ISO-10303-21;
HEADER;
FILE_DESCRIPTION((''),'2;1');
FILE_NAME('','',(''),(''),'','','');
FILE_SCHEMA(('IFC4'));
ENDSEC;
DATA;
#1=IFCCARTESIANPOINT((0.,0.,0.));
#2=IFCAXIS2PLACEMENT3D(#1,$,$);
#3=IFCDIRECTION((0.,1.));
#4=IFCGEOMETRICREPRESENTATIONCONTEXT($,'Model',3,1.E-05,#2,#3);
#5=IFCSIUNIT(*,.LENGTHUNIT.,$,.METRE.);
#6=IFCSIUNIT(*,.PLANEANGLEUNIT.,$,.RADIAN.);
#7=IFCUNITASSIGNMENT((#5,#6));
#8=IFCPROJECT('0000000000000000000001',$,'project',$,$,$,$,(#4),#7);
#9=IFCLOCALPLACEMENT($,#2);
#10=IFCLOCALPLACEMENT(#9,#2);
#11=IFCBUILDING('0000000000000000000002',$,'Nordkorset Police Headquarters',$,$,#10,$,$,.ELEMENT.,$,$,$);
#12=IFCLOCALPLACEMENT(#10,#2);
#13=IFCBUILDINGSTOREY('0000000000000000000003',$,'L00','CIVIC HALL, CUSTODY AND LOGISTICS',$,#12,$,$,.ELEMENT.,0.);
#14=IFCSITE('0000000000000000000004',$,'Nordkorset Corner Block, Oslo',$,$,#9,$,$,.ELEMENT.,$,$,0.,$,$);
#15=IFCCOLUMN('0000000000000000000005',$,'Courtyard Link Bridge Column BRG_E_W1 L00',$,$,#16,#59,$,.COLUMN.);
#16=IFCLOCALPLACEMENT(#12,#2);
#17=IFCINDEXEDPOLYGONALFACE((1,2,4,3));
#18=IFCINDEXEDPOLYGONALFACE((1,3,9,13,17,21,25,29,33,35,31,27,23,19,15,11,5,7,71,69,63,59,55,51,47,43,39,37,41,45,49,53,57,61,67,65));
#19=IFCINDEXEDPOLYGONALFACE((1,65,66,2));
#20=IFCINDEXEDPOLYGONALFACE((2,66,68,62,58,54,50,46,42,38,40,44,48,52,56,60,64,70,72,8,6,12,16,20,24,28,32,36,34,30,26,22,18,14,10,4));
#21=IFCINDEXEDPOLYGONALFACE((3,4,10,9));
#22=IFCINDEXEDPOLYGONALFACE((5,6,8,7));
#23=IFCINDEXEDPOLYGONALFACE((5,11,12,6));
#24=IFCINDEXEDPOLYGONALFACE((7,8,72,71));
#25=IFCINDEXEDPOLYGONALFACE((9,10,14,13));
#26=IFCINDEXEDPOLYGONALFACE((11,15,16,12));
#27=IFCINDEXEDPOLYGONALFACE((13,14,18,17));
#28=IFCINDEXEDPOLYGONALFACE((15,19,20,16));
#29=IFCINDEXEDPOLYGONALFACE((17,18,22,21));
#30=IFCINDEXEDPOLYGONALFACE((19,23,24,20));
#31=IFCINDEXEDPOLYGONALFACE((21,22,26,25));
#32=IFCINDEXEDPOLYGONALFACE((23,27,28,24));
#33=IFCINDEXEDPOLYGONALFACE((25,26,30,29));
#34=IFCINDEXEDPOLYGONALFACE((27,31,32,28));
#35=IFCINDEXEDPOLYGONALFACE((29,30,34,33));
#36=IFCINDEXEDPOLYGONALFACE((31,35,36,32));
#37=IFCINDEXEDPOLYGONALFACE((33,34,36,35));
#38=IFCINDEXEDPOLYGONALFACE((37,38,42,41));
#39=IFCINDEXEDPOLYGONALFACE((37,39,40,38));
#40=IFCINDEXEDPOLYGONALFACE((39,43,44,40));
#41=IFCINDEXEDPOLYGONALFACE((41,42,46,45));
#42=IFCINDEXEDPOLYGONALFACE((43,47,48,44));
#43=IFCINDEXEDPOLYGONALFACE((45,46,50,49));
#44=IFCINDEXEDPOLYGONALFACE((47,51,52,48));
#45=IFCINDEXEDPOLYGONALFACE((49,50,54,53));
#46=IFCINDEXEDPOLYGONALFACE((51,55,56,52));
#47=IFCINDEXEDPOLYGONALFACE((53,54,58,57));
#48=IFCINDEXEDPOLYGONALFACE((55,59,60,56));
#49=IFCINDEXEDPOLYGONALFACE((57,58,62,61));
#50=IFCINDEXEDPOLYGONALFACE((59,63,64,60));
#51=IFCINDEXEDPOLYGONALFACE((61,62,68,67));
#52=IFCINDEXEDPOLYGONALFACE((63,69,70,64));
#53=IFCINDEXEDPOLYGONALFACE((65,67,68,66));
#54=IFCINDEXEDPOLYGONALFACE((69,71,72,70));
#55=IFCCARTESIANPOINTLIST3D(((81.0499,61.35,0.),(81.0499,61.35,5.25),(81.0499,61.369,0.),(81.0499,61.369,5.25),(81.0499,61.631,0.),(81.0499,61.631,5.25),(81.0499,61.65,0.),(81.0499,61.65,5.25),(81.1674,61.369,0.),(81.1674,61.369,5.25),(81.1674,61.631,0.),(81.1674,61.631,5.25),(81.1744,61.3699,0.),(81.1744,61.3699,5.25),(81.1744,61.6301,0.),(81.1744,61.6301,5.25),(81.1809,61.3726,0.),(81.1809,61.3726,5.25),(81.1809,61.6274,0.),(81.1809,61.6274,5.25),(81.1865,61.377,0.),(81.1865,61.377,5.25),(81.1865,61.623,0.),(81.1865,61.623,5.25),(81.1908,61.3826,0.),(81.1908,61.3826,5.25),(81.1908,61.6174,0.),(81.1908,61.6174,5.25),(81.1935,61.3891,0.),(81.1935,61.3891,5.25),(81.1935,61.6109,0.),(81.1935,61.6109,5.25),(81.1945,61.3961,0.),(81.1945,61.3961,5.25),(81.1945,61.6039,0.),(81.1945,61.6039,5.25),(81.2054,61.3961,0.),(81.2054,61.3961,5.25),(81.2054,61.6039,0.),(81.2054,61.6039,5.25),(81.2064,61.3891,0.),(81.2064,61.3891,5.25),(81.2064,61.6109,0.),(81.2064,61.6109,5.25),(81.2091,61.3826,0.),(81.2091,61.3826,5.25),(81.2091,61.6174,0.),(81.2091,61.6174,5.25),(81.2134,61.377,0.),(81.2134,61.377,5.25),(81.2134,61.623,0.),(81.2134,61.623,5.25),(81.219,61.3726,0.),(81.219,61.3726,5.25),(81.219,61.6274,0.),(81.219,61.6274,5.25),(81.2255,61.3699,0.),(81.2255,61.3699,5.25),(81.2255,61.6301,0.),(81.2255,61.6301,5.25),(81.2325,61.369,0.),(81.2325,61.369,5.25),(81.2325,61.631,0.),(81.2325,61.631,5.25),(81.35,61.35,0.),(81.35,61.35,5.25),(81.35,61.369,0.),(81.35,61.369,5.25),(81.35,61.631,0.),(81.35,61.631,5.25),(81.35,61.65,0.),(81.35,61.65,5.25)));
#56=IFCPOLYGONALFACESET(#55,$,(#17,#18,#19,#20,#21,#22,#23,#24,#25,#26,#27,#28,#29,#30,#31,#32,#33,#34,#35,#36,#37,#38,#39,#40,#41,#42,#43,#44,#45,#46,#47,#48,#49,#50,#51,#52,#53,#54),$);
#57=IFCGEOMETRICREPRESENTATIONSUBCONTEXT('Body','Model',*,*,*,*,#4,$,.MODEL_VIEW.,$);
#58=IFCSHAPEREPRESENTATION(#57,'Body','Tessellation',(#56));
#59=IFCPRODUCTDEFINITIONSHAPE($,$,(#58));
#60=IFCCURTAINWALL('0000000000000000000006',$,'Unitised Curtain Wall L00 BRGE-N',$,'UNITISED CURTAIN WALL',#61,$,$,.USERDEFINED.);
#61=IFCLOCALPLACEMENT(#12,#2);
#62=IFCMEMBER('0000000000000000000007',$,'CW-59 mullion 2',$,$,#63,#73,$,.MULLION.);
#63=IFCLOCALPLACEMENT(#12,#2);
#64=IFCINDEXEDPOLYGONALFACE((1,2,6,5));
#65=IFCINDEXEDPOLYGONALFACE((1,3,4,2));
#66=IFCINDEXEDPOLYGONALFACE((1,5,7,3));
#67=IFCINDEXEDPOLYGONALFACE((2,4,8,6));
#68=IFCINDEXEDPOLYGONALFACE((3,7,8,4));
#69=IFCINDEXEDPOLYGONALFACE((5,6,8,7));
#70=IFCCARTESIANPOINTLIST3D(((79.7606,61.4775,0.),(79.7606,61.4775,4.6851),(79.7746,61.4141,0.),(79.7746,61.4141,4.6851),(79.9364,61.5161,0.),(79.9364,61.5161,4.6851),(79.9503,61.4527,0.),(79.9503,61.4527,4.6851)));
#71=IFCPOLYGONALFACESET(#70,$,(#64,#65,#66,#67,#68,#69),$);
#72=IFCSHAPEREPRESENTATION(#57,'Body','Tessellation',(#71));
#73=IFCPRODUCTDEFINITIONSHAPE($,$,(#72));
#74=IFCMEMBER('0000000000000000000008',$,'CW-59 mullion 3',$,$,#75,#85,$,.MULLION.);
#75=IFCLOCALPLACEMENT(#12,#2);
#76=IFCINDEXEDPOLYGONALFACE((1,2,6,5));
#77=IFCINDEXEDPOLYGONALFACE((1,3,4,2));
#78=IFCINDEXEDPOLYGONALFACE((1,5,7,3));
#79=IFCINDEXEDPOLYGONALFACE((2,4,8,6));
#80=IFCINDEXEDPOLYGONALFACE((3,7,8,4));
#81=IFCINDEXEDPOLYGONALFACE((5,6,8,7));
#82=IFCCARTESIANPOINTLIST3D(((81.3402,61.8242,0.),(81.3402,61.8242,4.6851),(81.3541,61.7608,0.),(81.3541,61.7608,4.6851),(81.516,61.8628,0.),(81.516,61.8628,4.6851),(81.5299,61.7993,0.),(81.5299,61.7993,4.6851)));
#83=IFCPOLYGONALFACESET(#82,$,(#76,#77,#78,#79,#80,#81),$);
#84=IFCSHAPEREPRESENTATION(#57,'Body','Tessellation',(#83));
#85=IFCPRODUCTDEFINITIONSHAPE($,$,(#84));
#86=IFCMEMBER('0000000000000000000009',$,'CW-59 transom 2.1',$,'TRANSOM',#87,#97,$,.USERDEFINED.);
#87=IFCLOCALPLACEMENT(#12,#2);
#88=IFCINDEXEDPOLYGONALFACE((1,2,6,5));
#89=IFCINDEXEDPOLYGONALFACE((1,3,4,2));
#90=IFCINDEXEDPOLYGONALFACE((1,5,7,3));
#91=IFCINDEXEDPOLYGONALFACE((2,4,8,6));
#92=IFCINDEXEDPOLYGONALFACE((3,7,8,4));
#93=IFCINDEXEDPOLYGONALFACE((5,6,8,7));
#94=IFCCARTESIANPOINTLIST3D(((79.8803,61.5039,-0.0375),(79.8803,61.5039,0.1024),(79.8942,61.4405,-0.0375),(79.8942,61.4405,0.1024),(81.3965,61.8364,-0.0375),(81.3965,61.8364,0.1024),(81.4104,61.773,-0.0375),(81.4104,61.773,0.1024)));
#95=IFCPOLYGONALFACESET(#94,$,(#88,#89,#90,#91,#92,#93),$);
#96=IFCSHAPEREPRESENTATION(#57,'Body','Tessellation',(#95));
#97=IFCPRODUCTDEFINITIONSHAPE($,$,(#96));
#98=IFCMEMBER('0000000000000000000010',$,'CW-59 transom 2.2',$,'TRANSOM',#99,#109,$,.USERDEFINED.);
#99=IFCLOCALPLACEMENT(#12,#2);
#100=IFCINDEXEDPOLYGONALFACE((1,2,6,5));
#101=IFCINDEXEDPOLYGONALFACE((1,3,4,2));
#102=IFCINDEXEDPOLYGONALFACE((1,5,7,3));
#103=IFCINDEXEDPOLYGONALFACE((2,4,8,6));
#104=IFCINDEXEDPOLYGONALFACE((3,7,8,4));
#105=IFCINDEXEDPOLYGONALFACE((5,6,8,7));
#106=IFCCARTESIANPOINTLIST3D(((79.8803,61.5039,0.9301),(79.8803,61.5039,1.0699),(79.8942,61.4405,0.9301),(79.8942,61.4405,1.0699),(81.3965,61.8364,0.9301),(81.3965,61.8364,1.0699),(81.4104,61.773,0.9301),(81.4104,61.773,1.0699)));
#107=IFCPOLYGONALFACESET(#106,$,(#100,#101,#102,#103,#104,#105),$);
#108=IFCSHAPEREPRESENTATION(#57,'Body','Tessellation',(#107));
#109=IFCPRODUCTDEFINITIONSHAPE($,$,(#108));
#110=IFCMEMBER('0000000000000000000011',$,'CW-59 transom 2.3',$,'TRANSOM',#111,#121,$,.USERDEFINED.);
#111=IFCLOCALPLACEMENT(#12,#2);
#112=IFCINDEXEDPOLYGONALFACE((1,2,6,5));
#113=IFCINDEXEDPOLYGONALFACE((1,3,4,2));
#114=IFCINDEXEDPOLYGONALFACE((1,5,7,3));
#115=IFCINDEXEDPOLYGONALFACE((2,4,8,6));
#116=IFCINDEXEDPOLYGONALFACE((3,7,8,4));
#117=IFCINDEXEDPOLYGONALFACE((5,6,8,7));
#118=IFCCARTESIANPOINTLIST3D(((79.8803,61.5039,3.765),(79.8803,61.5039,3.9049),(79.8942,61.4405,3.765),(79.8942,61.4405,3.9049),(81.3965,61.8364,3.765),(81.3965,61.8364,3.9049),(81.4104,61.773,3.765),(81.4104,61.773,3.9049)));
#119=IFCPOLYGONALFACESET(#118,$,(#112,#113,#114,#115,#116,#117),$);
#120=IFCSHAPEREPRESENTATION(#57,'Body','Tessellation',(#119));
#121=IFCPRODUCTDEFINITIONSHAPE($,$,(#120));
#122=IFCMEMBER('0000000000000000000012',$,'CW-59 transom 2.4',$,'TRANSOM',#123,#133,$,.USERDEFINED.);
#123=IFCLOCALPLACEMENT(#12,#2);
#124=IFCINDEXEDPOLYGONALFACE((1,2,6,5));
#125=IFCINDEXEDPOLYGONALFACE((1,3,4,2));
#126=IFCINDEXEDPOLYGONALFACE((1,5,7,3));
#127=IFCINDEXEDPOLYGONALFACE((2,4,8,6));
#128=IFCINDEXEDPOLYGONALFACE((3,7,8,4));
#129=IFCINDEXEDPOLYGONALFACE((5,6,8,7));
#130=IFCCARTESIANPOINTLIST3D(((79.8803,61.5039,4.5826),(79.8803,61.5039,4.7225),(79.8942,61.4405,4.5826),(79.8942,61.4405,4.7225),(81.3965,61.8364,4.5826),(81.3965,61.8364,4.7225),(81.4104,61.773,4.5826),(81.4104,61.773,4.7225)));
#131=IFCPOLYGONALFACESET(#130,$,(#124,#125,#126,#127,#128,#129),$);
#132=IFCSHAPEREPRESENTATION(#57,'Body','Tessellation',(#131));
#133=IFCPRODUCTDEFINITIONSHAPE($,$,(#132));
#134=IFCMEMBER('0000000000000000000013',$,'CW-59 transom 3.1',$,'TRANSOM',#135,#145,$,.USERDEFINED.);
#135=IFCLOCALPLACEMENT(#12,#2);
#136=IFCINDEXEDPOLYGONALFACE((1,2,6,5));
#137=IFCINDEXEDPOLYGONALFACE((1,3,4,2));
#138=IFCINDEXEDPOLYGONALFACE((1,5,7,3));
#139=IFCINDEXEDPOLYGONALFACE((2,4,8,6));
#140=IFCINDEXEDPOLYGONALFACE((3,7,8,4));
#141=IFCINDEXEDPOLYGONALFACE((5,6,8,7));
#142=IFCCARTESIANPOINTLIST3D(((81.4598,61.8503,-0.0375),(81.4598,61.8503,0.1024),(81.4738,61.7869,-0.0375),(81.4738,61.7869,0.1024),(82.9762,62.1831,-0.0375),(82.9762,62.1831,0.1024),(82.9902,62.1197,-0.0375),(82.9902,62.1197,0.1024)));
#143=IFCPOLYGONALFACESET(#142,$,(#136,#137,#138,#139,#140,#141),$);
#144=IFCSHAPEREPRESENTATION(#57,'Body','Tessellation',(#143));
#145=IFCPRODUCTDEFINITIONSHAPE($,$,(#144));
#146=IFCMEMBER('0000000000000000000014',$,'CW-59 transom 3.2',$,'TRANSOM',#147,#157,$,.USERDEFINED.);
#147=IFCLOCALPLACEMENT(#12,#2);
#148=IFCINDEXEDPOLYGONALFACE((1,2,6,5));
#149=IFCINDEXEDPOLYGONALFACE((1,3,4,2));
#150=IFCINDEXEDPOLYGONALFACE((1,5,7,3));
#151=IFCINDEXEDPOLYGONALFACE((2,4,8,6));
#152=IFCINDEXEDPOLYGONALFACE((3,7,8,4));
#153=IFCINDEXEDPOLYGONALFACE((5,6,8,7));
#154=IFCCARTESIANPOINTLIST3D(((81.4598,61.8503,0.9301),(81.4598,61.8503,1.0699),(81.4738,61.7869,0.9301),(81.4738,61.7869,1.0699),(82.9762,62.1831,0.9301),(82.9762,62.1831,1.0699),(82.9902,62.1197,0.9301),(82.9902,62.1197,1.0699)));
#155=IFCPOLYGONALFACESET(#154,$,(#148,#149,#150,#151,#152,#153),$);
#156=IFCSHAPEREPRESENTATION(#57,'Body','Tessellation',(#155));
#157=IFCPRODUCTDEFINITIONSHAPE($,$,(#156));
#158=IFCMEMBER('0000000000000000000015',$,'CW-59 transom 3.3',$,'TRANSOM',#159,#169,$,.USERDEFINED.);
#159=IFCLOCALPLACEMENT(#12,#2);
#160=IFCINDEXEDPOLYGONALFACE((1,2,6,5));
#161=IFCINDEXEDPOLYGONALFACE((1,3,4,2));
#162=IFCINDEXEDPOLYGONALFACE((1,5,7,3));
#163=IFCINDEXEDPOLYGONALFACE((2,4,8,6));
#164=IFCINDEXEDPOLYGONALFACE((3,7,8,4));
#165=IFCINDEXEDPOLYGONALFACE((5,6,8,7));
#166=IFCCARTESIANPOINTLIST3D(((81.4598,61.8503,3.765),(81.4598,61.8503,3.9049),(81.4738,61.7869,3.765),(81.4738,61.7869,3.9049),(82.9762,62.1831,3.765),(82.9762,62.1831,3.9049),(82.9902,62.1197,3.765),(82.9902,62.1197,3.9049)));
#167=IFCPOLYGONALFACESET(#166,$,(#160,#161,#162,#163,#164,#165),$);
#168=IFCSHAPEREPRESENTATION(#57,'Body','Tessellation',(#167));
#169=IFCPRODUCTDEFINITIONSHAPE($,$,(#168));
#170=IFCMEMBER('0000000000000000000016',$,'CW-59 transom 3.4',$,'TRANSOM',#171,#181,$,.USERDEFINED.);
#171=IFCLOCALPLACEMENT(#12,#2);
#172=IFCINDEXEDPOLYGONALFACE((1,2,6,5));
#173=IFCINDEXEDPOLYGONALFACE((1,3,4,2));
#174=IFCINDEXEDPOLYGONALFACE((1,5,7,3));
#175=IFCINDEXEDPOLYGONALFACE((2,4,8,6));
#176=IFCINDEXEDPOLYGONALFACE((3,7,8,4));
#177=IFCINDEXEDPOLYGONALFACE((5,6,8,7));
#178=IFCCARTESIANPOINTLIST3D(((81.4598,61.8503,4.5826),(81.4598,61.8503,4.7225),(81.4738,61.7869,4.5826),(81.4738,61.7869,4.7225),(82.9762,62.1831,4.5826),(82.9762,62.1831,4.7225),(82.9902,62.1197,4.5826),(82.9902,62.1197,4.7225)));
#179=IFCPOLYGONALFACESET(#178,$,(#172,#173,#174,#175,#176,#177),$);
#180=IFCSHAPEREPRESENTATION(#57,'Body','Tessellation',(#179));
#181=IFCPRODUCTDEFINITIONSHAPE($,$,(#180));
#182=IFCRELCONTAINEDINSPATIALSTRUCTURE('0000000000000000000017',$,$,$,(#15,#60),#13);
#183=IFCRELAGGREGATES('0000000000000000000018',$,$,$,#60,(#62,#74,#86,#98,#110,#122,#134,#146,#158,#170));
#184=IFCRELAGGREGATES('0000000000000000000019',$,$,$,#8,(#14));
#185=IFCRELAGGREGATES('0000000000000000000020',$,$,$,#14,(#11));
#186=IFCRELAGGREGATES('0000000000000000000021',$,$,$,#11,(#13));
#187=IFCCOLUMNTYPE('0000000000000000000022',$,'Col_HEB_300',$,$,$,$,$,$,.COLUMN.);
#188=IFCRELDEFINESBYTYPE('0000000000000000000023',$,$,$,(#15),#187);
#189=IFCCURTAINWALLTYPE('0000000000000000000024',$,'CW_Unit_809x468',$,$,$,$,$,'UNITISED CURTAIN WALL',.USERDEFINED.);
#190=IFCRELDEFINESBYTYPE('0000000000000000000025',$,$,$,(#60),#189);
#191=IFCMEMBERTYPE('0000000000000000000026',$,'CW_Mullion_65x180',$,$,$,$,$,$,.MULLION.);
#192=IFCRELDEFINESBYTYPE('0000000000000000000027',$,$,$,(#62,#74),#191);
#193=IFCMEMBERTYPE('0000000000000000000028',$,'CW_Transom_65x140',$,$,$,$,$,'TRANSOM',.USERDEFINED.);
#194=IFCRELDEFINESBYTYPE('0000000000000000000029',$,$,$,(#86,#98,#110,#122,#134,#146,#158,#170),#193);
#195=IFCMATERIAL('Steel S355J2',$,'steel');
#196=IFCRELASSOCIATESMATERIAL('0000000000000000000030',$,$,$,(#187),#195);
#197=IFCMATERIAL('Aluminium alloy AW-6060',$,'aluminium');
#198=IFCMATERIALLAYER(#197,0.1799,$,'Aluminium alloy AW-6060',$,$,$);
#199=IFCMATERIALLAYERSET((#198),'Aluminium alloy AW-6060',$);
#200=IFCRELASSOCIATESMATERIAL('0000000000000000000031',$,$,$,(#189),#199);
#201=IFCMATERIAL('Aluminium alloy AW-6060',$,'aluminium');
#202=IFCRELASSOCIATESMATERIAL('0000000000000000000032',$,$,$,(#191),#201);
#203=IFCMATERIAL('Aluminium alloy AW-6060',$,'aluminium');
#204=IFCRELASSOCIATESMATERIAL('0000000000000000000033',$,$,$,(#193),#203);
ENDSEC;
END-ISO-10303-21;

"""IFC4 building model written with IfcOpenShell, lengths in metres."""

from ifc_helpers import new_model, si_unit, direction, frame, origin, origin_2d, place, context, subcontext, project, spatial, rectangle, i_section, extrude, material, layer, layer_set, material_profile, profile_set, type_object, element, aggregate, save


model = new_model("IFC4")

# Units and contexts
model_context = context("Model", 3, precision=1e-05, world=origin(), true_north=direction((0.0, 1.0)))
body_context = subcontext(model_context, "Body", "Model", "MODEL_VIEW")
ifc_project = project(units=[si_unit("LENGTHUNIT", "METRE"), si_unit("PLANEANGLEUNIT", "RADIAN")], contexts=[model_context])

# Site, building, storey
site_placement = place(None, origin())
site = spatial("IfcSite", under=ifc_project, at=site_placement, Name="Nordkorset Corner Block, Oslo", CompositionType="ELEMENT", RefElevation=0.0)
building_placement = place(site_placement, origin())
building = spatial("IfcBuilding", under=site, at=building_placement, Name="Nordkorset Police Headquarters", CompositionType="ELEMENT")
storey_placement = place(building_placement, origin())
storey = spatial("IfcBuildingStorey", under=building, at=storey_placement, Name="L00", Description="CIVIC HALL, CUSTODY AND LOGISTICS", CompositionType="ELEMENT", Elevation=0.0)

# Column
ifc_material_1 = material(Name="Steel S355J2", Category="steel")
ifc_material_profile_1 = material_profile(ifc_material_1, i_section(OverallWidth=0.3, OverallDepth=0.3, WebThickness=0.011, FlangeThickness=0.019, FilletRadius=0.0271, at=origin_2d()), Name="HEB 300")
ifc_profile_set_1 = profile_set([ifc_material_profile_1], Name="Steel S355J2")
column_type = type_object("IfcColumnType", Name="Col_HEB_300", PredefinedType="COLUMN", material=ifc_profile_set_1)
column_placement = place(storey_placement, frame((81.2, 61.5, 0.0), z_axis=(0.0, 0.0, 1.0), x_axis=(1.0, 0.0, 0.0)))
element("IfcColumn", 1, at=column_placement, inside=storey, type_object=column_type, Name="Courtyard Link Bridge Column BRG_E_W1 L00", PredefinedType="COLUMN", context=body_context, shape_type="SweptSolid", body=[
    extrude(i_section(OverallWidth=0.3, OverallDepth=0.3, WebThickness=0.011, FlangeThickness=0.019, FilletRadius=0.0271, at=origin_2d()), origin(), (0.0, 0.0, 1.0), 5.25),
])

# Curtain wall, members
ifc_material_2 = material(Name="Aluminium alloy AW-6060", Category="aluminium")
ifc_layer_1 = layer(ifc_material_2, 0.1799, Name="Aluminium alloy AW-6060")
ifc_layer_set_1 = layer_set([ifc_layer_1], Name="Aluminium alloy AW-6060")
curtain_wall_type = type_object("IfcCurtainWallType", Name="CW_Unit_809x468", ElementType="UNITISED CURTAIN WALL", PredefinedType="USERDEFINED", material=ifc_layer_set_1)
curtain_wall_placement = place(storey_placement, origin())
curtain_wall = element("IfcCurtainWall", 2, at=curtain_wall_placement, inside=storey, type_object=curtain_wall_type, Name="Unitised Curtain Wall L00 BRGE-N", ObjectType="UNITISED CURTAIN WALL", PredefinedType="USERDEFINED")
ifc_material_3 = material(Name="Aluminium alloy AW-6060", Category="aluminium")
ifc_material_profile_2 = material_profile(ifc_material_3, rectangle(XDim=0.0649, YDim=0.1799, at=origin_2d()), Name="ALU MULL 65x180")
ifc_profile_set_2 = profile_set([ifc_material_profile_2], Name="Aluminium alloy AW-6060")
member_type_1 = type_object("IfcMemberType", Name="CW_Mullion_65x180", PredefinedType="MULLION", material=ifc_profile_set_2)
member_1_placement = place(storey_placement, frame((79.8555, 61.4651, 0.0), z_axis=(0.0, 0.0, 1.0), x_axis=(-0.214298, 0.976768, 0.0)))
member_1 = element("IfcMember", 3, at=member_1_placement, type_object=member_type_1, Name="CW-59 mullion 2", PredefinedType="MULLION", context=body_context, shape_type="SweptSolid", body=[
    extrude(rectangle(XDim=0.0649, YDim=0.1799, at=origin_2d()), origin(), (0.0, 0.0, 1.0), 4.6851),
])
member_2_placement = place(storey_placement, frame((81.4351, 61.8118, 0.0), z_axis=(0.0, 0.0, 1.0), x_axis=(-0.214298, 0.976768, 0.0)))
member_2 = element("IfcMember", 4, at=member_2_placement, type_object=member_type_1, Name="CW-59 mullion 3", PredefinedType="MULLION", context=body_context, shape_type="SweptSolid", body=[
    extrude(rectangle(XDim=0.0649, YDim=0.1799, at=origin_2d()), origin(), (0.0, 0.0, 1.0), 4.6851),
])
ifc_material_4 = material(Name="Aluminium alloy AW-6060", Category="aluminium")
ifc_material_profile_3 = material_profile(ifc_material_4, rectangle(XDim=0.0649, YDim=0.1399, at=origin_2d()), Name="ALU TRAN 65x140")
ifc_profile_set_3 = profile_set([ifc_material_profile_3], Name="Aluminium alloy AW-6060")
member_type_2 = type_object("IfcMemberType", Name="CW_Transom_65x140", ElementType="TRANSOM", PredefinedType="USERDEFINED", material=ifc_profile_set_3)
member_3_placement = place(storey_placement, frame((79.8872, 61.4722, 0.0325), z_axis=(0.976783, 0.214232, 0.0), x_axis=(-0.214232, 0.976783, 0.0)))
member_3 = element("IfcMember", 5, at=member_3_placement, type_object=member_type_2, Name="CW-59 transom 2.1", ObjectType="TRANSOM", PredefinedType="USERDEFINED", context=body_context, shape_type="SweptSolid", body=[
    extrude(rectangle(XDim=0.0649, YDim=0.1399, at=origin_2d()), origin(), (0.0, 0.0, 1.0), 1.5522),
])
member_4_placement = place(storey_placement, frame((79.8872, 61.4722, 1.0), z_axis=(0.976783, 0.214232, 0.0), x_axis=(-0.214232, 0.976783, 0.0)))
member_4 = element("IfcMember", 6, at=member_4_placement, type_object=member_type_2, Name="CW-59 transom 2.2", ObjectType="TRANSOM", PredefinedType="USERDEFINED", context=body_context, shape_type="SweptSolid", body=[
    extrude(rectangle(XDim=0.0649, YDim=0.1399, at=origin_2d()), origin(), (0.0, 0.0, 1.0), 1.5522),
])
member_5_placement = place(storey_placement, frame((79.8872, 61.4722, 3.835), z_axis=(0.976783, 0.214232, 0.0), x_axis=(-0.214232, 0.976783, 0.0)))
member_5 = element("IfcMember", 7, at=member_5_placement, type_object=member_type_2, Name="CW-59 transom 2.3", ObjectType="TRANSOM", PredefinedType="USERDEFINED", context=body_context, shape_type="SweptSolid", body=[
    extrude(rectangle(XDim=0.0649, YDim=0.1399, at=origin_2d()), origin(), (0.0, 0.0, 1.0), 1.5522),
])
member_6_placement = place(storey_placement, frame((79.8872, 61.4722, 4.6526), z_axis=(0.976783, 0.214232, 0.0), x_axis=(-0.214232, 0.976783, 0.0)))
member_6 = element("IfcMember", 8, at=member_6_placement, type_object=member_type_2, Name="CW-59 transom 2.4", ObjectType="TRANSOM", PredefinedType="USERDEFINED", context=body_context, shape_type="SweptSolid", body=[
    extrude(rectangle(XDim=0.0649, YDim=0.1399, at=origin_2d()), origin(), (0.0, 0.0, 1.0), 1.5522),
])
member_7_placement = place(storey_placement, frame((81.4668, 61.8186, 0.0325), z_axis=(0.976757, 0.214349, 0.0), x_axis=(-0.214349, 0.976757, 0.0)))
member_7 = element("IfcMember", 9, at=member_7_placement, type_object=member_type_2, Name="CW-59 transom 3.1", ObjectType="TRANSOM", PredefinedType="USERDEFINED", context=body_context, shape_type="SweptSolid", body=[
    extrude(rectangle(XDim=0.0649, YDim=0.1399, at=origin_2d()), origin(), (0.0, 0.0, 1.0), 1.5525),
])
member_8_placement = place(storey_placement, frame((81.4668, 61.8186, 1.0), z_axis=(0.976757, 0.214349, 0.0), x_axis=(-0.214349, 0.976757, 0.0)))
member_8 = element("IfcMember", 10, at=member_8_placement, type_object=member_type_2, Name="CW-59 transom 3.2", ObjectType="TRANSOM", PredefinedType="USERDEFINED", context=body_context, shape_type="SweptSolid", body=[
    extrude(rectangle(XDim=0.0649, YDim=0.1399, at=origin_2d()), origin(), (0.0, 0.0, 1.0), 1.5525),
])
member_9_placement = place(storey_placement, frame((81.4668, 61.8186, 3.835), z_axis=(0.976757, 0.214349, 0.0), x_axis=(-0.214349, 0.976757, 0.0)))
member_9 = element("IfcMember", 11, at=member_9_placement, type_object=member_type_2, Name="CW-59 transom 3.3", ObjectType="TRANSOM", PredefinedType="USERDEFINED", context=body_context, shape_type="SweptSolid", body=[
    extrude(rectangle(XDim=0.0649, YDim=0.1399, at=origin_2d()), origin(), (0.0, 0.0, 1.0), 1.5525),
])
member_10_placement = place(storey_placement, frame((81.4668, 61.8186, 4.6526), z_axis=(0.976757, 0.214349, 0.0), x_axis=(-0.214349, 0.976757, 0.0)))
member_10 = element("IfcMember", 12, at=member_10_placement, type_object=member_type_2, Name="CW-59 transom 3.4", ObjectType="TRANSOM", PredefinedType="USERDEFINED", context=body_context, shape_type="SweptSolid", body=[
    extrude(rectangle(XDim=0.0649, YDim=0.1399, at=origin_2d()), origin(), (0.0, 0.0, 1.0), 1.5525),
])

aggregate(curtain_wall, [member_1, member_2, member_3, member_4, member_5, member_6, member_7, member_8, member_9, member_10])

save(model, "model.ifc")
